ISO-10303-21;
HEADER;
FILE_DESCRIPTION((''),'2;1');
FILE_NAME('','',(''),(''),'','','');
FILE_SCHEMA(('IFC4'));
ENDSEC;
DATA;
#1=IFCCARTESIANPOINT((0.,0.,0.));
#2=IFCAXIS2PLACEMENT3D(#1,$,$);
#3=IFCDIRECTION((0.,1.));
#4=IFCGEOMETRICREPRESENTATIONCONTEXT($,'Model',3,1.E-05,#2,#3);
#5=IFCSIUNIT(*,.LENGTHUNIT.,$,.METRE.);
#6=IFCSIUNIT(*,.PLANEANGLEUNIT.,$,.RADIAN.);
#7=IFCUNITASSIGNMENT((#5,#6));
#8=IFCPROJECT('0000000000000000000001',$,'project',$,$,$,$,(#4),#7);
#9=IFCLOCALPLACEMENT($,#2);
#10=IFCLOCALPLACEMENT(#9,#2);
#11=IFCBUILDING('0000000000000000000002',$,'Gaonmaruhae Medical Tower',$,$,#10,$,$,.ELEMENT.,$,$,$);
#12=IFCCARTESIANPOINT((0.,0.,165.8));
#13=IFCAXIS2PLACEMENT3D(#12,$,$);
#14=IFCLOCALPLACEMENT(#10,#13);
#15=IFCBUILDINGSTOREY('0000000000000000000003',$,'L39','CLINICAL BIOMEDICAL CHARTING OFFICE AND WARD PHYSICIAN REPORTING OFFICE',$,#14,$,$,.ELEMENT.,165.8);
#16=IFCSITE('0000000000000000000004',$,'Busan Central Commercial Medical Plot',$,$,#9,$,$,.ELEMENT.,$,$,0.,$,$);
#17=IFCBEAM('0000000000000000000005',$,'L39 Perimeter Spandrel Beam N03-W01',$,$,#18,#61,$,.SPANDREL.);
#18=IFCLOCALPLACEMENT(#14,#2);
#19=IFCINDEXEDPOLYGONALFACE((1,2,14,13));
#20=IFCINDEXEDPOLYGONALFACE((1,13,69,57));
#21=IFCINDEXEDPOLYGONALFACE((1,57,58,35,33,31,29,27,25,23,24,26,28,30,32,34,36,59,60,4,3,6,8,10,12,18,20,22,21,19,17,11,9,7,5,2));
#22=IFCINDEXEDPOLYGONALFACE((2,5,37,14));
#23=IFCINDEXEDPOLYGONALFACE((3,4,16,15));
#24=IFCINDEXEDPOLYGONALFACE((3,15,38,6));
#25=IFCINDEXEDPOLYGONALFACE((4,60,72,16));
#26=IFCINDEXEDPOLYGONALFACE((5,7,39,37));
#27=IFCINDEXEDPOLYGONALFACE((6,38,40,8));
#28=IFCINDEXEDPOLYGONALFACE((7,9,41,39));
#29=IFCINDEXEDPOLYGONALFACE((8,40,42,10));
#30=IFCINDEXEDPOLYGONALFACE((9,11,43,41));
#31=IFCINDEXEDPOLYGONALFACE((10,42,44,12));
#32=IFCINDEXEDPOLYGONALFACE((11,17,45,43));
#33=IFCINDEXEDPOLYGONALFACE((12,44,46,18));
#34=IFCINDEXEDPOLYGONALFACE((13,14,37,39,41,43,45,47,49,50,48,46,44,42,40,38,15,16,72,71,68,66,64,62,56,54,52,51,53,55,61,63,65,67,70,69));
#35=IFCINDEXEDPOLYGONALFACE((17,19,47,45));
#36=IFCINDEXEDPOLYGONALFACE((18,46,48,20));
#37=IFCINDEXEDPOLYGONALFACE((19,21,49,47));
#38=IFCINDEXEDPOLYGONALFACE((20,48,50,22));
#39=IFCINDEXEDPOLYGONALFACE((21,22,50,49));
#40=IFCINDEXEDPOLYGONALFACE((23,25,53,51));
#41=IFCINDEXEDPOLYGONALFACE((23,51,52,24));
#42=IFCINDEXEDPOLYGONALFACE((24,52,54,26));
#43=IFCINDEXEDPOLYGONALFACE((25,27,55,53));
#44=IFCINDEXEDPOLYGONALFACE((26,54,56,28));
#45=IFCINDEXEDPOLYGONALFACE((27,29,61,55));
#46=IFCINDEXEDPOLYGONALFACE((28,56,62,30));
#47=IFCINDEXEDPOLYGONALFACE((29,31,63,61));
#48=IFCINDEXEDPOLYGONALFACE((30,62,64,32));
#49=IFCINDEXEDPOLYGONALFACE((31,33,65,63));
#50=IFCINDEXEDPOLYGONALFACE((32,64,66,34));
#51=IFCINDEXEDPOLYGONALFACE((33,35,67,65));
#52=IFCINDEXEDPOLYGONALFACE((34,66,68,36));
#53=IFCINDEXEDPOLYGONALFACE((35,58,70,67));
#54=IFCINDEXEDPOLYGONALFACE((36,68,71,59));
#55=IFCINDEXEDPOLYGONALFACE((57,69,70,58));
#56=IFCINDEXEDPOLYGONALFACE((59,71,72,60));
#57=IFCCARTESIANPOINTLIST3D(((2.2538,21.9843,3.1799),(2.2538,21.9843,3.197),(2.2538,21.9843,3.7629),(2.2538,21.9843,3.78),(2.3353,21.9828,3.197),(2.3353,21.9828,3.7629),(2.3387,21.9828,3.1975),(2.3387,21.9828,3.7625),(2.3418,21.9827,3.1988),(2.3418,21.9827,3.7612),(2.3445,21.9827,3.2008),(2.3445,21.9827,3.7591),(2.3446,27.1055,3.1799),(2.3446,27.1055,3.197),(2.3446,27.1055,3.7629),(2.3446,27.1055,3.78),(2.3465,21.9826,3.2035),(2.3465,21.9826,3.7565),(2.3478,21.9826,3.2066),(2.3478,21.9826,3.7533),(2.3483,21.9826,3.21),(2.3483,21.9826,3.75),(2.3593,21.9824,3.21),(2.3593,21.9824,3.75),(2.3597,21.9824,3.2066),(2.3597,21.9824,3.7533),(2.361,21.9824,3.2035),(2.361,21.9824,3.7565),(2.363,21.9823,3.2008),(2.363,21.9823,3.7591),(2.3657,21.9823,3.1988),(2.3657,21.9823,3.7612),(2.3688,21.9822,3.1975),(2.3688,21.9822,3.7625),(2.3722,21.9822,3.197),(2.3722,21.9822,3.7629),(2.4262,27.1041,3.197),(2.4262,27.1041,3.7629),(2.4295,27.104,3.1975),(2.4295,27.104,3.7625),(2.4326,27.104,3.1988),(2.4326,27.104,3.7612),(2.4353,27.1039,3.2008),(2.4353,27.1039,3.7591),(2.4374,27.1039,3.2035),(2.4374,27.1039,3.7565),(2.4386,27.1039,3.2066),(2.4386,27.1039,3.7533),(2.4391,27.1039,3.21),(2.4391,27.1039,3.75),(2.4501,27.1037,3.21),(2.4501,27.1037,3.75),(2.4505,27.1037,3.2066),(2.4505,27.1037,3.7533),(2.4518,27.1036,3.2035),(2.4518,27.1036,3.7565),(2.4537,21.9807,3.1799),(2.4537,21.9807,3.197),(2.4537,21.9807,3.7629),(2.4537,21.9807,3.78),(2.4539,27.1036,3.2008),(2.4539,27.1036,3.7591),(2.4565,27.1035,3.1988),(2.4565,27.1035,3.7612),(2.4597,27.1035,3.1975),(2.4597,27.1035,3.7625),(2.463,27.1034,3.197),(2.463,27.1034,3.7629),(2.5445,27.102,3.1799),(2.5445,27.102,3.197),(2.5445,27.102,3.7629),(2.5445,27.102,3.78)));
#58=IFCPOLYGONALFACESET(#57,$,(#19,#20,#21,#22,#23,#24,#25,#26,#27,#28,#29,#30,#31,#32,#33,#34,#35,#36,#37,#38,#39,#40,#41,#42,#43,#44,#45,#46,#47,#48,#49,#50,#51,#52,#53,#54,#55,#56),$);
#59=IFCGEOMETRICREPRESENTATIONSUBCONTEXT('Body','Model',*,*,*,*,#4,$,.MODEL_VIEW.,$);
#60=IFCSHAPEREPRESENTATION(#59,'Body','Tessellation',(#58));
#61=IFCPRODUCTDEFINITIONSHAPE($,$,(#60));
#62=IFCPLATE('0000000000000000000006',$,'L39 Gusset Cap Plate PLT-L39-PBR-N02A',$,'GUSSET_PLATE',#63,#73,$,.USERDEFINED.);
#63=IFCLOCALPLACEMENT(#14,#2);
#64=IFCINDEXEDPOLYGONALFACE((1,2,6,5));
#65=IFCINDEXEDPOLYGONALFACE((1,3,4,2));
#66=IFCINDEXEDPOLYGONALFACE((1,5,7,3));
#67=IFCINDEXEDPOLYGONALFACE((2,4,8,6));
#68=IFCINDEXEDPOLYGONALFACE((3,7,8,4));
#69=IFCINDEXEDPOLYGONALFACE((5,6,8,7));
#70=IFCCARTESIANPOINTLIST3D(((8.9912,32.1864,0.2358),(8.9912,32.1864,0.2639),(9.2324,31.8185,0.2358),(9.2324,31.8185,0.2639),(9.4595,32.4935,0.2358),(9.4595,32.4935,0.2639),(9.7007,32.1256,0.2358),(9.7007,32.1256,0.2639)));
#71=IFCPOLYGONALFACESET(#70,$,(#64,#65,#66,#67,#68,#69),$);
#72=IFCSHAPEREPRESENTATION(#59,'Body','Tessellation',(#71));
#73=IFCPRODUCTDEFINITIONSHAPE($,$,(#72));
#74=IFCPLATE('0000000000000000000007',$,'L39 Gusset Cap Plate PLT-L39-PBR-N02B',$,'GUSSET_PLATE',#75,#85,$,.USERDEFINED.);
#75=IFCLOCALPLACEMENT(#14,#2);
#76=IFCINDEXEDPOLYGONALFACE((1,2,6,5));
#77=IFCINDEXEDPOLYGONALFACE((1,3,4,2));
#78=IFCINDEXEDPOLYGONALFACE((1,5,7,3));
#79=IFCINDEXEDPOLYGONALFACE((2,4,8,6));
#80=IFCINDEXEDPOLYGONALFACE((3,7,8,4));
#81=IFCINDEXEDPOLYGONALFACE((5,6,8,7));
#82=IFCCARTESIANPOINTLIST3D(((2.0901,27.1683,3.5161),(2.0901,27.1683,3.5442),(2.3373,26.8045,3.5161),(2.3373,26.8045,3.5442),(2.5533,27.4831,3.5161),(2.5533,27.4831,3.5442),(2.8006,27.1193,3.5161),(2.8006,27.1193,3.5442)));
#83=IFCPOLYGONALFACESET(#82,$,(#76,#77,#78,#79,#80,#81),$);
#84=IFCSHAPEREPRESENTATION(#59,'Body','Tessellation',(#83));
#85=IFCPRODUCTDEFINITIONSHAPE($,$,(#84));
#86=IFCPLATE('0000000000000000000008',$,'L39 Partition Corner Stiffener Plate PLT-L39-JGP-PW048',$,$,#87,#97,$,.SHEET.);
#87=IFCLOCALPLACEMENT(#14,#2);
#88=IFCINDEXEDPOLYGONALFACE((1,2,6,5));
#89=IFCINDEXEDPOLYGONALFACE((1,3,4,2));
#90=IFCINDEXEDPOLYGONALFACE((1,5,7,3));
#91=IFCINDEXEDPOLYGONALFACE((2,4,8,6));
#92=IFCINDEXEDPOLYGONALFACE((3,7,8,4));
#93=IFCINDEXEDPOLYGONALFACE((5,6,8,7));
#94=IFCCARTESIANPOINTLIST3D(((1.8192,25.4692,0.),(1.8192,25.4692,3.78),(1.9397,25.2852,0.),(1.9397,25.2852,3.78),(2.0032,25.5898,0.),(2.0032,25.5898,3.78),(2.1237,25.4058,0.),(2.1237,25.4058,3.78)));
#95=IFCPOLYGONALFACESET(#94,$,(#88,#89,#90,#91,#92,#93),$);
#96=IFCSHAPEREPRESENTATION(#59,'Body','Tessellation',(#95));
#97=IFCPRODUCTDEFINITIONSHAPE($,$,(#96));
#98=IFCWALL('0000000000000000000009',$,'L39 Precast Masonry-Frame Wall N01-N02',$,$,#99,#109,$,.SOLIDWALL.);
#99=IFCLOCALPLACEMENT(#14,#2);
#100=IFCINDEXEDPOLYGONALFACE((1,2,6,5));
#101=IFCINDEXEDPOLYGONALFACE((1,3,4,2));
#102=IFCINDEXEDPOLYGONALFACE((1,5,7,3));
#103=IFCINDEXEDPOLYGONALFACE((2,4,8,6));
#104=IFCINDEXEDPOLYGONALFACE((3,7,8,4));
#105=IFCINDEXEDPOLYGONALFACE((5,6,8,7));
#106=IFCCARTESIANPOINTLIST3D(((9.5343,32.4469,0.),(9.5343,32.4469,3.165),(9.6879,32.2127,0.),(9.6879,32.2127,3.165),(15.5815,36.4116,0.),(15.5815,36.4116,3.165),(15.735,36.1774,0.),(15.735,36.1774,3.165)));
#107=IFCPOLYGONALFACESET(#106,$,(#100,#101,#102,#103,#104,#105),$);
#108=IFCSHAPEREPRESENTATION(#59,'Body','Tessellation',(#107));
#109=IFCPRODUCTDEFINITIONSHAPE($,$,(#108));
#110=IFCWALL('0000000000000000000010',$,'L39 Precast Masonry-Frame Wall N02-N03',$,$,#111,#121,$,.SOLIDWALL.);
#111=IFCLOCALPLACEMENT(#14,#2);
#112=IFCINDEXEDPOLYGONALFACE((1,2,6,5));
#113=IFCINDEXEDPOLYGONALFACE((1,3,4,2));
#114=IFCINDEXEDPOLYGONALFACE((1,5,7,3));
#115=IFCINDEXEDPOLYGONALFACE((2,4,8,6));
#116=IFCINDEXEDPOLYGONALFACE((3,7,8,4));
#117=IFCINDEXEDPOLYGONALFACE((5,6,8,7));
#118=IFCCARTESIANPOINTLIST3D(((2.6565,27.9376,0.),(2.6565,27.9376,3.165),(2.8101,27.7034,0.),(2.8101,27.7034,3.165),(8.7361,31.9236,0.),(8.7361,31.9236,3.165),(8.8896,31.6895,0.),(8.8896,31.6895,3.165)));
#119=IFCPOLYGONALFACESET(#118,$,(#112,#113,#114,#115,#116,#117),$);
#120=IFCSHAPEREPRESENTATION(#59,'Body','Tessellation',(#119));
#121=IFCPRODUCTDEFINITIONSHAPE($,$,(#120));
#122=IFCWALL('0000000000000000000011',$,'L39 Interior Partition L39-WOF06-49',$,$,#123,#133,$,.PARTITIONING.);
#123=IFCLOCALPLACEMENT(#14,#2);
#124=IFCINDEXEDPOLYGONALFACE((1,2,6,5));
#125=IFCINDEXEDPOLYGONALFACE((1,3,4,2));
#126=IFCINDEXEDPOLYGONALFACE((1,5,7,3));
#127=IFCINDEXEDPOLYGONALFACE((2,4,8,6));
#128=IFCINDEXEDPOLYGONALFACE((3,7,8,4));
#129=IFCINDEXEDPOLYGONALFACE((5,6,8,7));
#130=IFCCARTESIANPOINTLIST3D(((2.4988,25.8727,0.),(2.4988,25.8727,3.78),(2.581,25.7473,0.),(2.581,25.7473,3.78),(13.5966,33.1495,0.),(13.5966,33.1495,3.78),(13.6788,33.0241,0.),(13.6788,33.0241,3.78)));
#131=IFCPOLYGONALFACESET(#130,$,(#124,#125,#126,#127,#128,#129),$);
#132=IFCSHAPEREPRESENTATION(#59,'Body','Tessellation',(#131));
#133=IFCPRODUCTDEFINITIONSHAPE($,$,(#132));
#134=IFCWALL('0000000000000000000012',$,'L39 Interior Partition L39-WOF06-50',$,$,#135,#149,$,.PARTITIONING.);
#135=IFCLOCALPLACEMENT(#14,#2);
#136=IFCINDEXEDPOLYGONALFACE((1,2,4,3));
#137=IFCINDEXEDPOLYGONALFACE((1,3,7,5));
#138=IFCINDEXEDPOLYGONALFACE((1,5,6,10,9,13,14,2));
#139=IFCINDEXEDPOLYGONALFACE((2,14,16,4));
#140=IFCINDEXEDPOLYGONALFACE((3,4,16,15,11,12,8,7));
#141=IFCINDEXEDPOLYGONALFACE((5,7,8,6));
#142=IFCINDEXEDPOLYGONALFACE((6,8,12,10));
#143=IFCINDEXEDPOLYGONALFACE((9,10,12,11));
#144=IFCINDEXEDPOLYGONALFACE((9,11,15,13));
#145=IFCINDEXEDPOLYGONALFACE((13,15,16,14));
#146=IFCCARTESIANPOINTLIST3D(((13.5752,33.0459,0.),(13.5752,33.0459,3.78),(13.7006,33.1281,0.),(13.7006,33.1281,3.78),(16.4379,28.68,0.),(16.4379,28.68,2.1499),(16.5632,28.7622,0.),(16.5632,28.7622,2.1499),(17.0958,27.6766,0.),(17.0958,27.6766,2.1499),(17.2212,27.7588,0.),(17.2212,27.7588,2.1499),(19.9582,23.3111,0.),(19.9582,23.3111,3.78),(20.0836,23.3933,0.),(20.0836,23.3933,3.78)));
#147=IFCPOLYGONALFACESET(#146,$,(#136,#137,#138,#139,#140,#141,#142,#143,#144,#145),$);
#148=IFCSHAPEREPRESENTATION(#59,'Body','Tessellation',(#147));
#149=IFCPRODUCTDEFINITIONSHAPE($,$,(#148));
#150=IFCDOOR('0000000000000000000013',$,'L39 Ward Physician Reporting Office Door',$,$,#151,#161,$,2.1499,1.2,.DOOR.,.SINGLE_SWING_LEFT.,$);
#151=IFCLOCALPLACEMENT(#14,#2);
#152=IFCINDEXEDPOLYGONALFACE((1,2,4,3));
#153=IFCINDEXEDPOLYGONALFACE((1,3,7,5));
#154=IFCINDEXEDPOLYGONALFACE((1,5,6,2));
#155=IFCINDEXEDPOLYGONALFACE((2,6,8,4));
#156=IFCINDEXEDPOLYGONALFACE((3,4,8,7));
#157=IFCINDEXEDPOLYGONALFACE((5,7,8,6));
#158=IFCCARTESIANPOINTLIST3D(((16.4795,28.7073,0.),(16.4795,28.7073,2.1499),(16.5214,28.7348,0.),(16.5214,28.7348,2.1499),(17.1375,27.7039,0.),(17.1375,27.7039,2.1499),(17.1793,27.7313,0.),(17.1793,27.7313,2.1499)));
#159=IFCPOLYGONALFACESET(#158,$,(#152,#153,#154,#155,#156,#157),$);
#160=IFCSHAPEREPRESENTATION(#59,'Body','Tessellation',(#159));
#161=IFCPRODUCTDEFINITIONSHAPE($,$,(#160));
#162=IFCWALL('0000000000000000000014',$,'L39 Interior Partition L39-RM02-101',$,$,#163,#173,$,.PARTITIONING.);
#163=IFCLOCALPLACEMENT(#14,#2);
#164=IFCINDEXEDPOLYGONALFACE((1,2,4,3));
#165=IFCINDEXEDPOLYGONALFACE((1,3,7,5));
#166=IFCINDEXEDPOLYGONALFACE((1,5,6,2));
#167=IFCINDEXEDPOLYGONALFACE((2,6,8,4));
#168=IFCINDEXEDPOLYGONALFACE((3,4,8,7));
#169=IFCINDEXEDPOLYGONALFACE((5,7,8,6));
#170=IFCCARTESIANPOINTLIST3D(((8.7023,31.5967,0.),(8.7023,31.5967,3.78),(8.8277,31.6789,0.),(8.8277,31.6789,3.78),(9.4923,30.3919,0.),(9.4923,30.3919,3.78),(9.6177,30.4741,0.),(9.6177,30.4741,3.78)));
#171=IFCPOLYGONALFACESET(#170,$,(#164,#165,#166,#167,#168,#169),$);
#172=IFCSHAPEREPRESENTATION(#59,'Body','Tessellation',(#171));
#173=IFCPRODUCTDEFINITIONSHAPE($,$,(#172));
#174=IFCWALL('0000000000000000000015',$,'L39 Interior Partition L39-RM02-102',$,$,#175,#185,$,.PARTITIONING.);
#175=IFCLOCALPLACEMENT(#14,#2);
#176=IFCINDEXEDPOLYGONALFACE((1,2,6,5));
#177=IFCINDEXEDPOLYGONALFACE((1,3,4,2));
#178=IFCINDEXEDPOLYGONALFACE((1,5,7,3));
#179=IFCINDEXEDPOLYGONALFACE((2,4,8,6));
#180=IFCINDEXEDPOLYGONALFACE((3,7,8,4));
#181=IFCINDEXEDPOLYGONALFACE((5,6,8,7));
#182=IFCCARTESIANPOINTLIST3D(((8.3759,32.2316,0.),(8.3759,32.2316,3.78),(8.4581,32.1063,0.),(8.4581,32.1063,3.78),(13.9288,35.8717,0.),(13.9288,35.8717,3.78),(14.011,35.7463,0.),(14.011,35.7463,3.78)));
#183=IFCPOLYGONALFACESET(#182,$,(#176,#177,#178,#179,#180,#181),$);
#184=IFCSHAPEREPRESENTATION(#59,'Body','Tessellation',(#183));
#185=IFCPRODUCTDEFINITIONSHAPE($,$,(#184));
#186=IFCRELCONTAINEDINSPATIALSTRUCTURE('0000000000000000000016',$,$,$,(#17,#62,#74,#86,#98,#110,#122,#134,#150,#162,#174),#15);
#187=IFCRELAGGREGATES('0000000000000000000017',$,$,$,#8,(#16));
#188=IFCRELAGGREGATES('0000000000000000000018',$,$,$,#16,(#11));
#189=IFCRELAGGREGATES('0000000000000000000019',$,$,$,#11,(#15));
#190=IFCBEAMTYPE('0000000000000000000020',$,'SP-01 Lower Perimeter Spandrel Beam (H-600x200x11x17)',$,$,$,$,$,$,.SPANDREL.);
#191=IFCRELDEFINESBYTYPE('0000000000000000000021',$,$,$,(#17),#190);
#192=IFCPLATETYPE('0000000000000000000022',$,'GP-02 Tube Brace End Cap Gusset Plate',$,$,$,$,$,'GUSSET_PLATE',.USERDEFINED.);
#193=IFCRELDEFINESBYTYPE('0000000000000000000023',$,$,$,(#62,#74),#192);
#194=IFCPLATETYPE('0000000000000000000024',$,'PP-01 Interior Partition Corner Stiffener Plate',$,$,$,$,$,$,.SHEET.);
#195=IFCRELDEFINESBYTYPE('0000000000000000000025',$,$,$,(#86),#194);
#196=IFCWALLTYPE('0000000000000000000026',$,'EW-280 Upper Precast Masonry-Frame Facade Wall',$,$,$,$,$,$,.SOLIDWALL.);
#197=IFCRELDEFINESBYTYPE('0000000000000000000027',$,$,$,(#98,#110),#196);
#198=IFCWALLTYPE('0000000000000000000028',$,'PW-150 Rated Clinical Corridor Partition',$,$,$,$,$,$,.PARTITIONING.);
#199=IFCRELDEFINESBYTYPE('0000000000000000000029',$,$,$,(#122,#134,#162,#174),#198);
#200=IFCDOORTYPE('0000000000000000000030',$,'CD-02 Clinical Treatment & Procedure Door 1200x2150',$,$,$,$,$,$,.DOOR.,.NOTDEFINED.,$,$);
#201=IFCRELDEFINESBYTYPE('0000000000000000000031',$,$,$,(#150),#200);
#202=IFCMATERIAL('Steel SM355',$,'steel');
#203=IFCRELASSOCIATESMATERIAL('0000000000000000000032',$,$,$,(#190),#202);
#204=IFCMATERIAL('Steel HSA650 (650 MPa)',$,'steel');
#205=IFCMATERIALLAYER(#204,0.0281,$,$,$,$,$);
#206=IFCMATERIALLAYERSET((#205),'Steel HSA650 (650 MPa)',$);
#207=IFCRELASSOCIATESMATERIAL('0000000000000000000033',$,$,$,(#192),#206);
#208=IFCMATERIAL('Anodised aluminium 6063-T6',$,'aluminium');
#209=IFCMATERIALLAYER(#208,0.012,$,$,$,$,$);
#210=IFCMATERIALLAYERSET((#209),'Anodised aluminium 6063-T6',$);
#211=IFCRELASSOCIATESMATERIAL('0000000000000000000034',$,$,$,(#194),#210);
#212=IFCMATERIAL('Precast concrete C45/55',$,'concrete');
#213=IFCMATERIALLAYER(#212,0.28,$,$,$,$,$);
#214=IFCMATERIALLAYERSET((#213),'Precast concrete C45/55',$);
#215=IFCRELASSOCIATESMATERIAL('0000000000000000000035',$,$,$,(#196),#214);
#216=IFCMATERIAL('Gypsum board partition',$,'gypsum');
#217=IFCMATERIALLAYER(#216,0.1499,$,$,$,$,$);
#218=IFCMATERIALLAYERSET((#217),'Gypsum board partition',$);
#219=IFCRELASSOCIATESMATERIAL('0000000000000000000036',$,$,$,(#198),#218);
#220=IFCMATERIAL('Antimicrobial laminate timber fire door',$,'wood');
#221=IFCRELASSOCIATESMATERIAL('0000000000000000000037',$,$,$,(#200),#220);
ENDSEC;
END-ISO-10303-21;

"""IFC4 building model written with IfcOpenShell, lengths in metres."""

from ifc_helpers import new_model, si_unit, direction, frame, frame_2d, origin, origin_2d, place, context, subcontext, project, spatial, rectangle, i_section, extrude, material, layer, layer_set, material_profile, profile_set, type_object, element, fill, save


model = new_model("IFC4")

# Units and contexts
model_context = context("Model", 3, precision=1e-05, world=origin(), true_north=direction((0.0, 1.0)))
body_context = subcontext(model_context, "Body", "Model", "MODEL_VIEW")
ifc_project = project(units=[si_unit("LENGTHUNIT", "METRE"), si_unit("PLANEANGLEUNIT", "RADIAN")], contexts=[model_context])

# Site, building, storey
site_placement = place(None, origin())
site = spatial("IfcSite", under=ifc_project, at=site_placement, Name="Busan Central Commercial Medical Plot", CompositionType="ELEMENT", RefElevation=0.0)
building_placement = place(site_placement, origin())
building = spatial("IfcBuilding", under=site, at=building_placement, Name="Gaonmaruhae Medical Tower", CompositionType="ELEMENT")
storey_placement = place(building_placement, frame((0.0, 0.0, 165.8)))
storey = spatial("IfcBuildingStorey", under=building, at=storey_placement, Name="L39", Description="CLINICAL BIOMEDICAL CHARTING OFFICE AND WARD PHYSICIAN REPORTING OFFICE", CompositionType="ELEMENT", Elevation=165.8)

# Shared definitions
ifc_material_1 = material(Name="Steel SM355", Category="steel")

# Beam
ifc_material_profile_1 = material_profile(ifc_material_1, i_section(OverallWidth=0.2, OverallDepth=0.6001, WebThickness=0.011, FlangeThickness=0.0171, FilletRadius=0.0129, at=origin_2d()), Name="H-600x200x11x17")
ifc_profile_set_1 = profile_set([ifc_material_profile_1], Name="Steel SM355")
beam_type_1 = type_object("IfcBeamType", Name="SP-01 Lower Perimeter Spandrel Beam (H-600x200x11x17)", PredefinedType="SPANDREL", material=ifc_profile_set_1)
beam_1_placement = place(storey_placement, frame((2.4446, 27.1038, 3.48), z_axis=(-0.017731, -0.999843, 0.0), x_axis=(0.999843, -0.017731, 0.0)))
element("IfcBeam", 1, at=beam_1_placement, inside=storey, type_object=beam_type_1, Name="L39 Perimeter Spandrel Beam N03-W01", PredefinedType="SPANDREL", context=body_context, shape_type="SweptSolid", body=[
    extrude(i_section(OverallWidth=0.2, OverallDepth=0.6001, WebThickness=0.011, FlangeThickness=0.0171, FilletRadius=0.0129, at=origin_2d()), origin(), (0.0, 0.0, 1.0), 5.1221),
])

# Plates
ifc_material_2 = material(Name="Steel HSA650 (650 MPa)", Category="steel")
ifc_layer_1 = layer(ifc_material_2, 0.0281)
ifc_layer_set_1 = layer_set([ifc_layer_1], Name="Steel HSA650 (650 MPa)")
plate_type_1 = type_object("IfcPlateType", Name="GP-02 Tube Brace End Cap Gusset Plate", ElementType="GUSSET_PLATE", PredefinedType="USERDEFINED", material=ifc_layer_set_1)
for number, where, z_axis, x_axis, name in (
    (2, (9.3459, 32.156, 0.2358), (0.0, 0.0, 1.0), (0.836286, 0.548293, 0.0), "L39 Gusset Cap Plate PLT-L39-PBR-N02A"),
    (3, (2.4453, 27.1438, 3.5161), (0.0, 0.0, 1.0), (0.827081, 0.562083, 0.0), "L39 Gusset Cap Plate PLT-L39-PBR-N02B"),
):
    element("IfcPlate", number, at=place(storey_placement, frame(where, z_axis=z_axis, x_axis=x_axis)), inside=storey, type_object=plate_type_1, Name=name, ObjectType="GUSSET_PLATE", PredefinedType="USERDEFINED", context=body_context, shape_type="SweptSolid", body=[
        extrude(rectangle(XDim=0.5601, YDim=0.4399, at=origin_2d()), origin(), (0.0, 0.0, 1.0), 0.0281),
    ])
ifc_material_3 = material(Name="Anodised aluminium 6063-T6", Category="aluminium")
ifc_layer_2 = layer(ifc_material_3, 0.012)
ifc_layer_set_2 = layer_set([ifc_layer_2], Name="Anodised aluminium 6063-T6")
plate_type_2 = type_object("IfcPlateType", Name="PP-01 Interior Partition Corner Stiffener Plate", PredefinedType="SHEET", material=ifc_layer_set_2)
plate_placement = place(storey_placement, frame((1.9714, 25.4375, 0.0), z_axis=(0.0, 0.0, 1.0), x_axis=(0.836458, 0.54803, 0.0)))
element("IfcPlate", 4, at=plate_placement, inside=storey, type_object=plate_type_2, Name="L39 Partition Corner Stiffener Plate PLT-L39-JGP-PW048", PredefinedType="SHEET", context=body_context, shape_type="SweptSolid", body=[
    extrude(rectangle(XDim=0.22, YDim=0.22, at=origin_2d()), origin(), (0.0, 0.0, 1.0), 3.78),
])

# Walls
ifc_material_4 = material(Name="Precast concrete C45/55", Category="concrete")
ifc_layer_3 = layer(ifc_material_4, 0.28)
ifc_layer_set_3 = layer_set([ifc_layer_3], Name="Precast concrete C45/55")
wall_type_1 = type_object("IfcWallType", Name="EW-280 Upper Precast Masonry-Frame Facade Wall", PredefinedType="SOLIDWALL", material=ifc_layer_set_3)
wall_1_placement = place(storey_placement, frame((9.6111, 32.3298, 0.0), z_axis=(0.0, 0.0, 1.0), x_axis=(0.83629, 0.548287, 0.0)))
element("IfcWall", 5, at=wall_1_placement, inside=storey, type_object=wall_type_1, Name="L39 Precast Masonry-Frame Wall N01-N02", PredefinedType="SOLIDWALL", context=body_context, shape_type="SweptSolid", body=[
    extrude(rectangle(XDim=7.231, YDim=0.28, at=frame_2d((3.6155, 0.0))), origin(), (0.0, 0.0, 1.0), 3.165),
])
wall_2_placement = place(storey_placement, frame((2.7334, 27.8206, 0.0), z_axis=(0.0, 0.0, 1.0), x_axis=(0.836278, 0.548306, 0.0)))
element("IfcWall", 6, at=wall_2_placement, inside=storey, type_object=wall_type_1, Name="L39 Precast Masonry-Frame Wall N02-N03", PredefinedType="SOLIDWALL", context=body_context, shape_type="SweptSolid", body=[
    extrude(rectangle(XDim=7.2698, YDim=0.28, at=frame_2d((3.6348, 0.0))), origin(), (0.0, 0.0, 1.0), 3.165),
])
ifc_material_5 = material(Name="Gypsum board partition", Category="gypsum")
ifc_layer_4 = layer(ifc_material_5, 0.1499)
ifc_layer_set_4 = layer_set([ifc_layer_4], Name="Gypsum board partition")
wall_type_2 = type_object("IfcWallType", Name="PW-150 Rated Clinical Corridor Partition", PredefinedType="PARTITIONING", material=ifc_layer_set_4)
wall_3_placement = place(storey_placement, frame((2.54, 25.8101, 0.0), z_axis=(0.0, 0.0, 1.0), x_axis=(0.83626, 0.548333, 0.0)))
element("IfcWall", 7, at=wall_3_placement, inside=storey, type_object=wall_type_2, Name="L39 Interior Partition L39-WOF06-49", PredefinedType="PARTITIONING", context=body_context, shape_type="SweptSolid", body=[
    extrude(rectangle(XDim=13.2708, YDim=0.1499, at=frame_2d((6.6353, 0.0))), origin(), (0.0, 0.0, 1.0), 3.78),
])

# Wall, opening, door
wall_4_placement = place(storey_placement, frame((13.6379, 33.0869, 0.0), z_axis=(0.0, 0.0, 1.0), x_axis=(0.548329, -0.836262, 0.0)))
wall_4 = element("IfcWall", 8, at=wall_4_placement, inside=storey, type_object=wall_type_2, Name="L39 Interior Partition L39-WOF06-50", PredefinedType="PARTITIONING", context=body_context, shape_type="SweptSolid", body=[
    extrude(rectangle(XDim=11.6409, YDim=0.1499, at=frame_2d((5.8203, 0.0))), origin(), (0.0, 0.0, 1.0), 3.78),
])
opening_placement = place(wall_4_placement, frame((5.2205, 0.0, 0.0)))
opening = element("IfcOpeningElement", 9, at=opening_placement, cuts=wall_4, PredefinedType="OPENING", context=body_context, shape_type="SweptSolid", body=[
    extrude(rectangle(XDim=1.2, YDim=2.1499, at=frame_2d((0.6001, 1.075))), frame((0.0, 0.085, 0.0), z_axis=(0.0, -1.0, 0.0), x_axis=(1.0, 0.0, 0.0)), (0.0, 0.0, 1.0), 0.1699),
])
ifc_material_6 = material(Name="Antimicrobial laminate timber fire door", Category="wood")
door_type = type_object("IfcDoorType", Name="CD-02 Clinical Treatment & Procedure Door 1200x2150", OperationType="NOTDEFINED", PredefinedType="DOOR", material=ifc_material_6)
door_placement = place(opening_placement, origin())
door = element("IfcDoor", 10, at=door_placement, inside=storey, type_object=door_type, Name="L39 Ward Physician Reporting Office Door", OperationType="SINGLE_SWING_LEFT", OverallHeight=2.1499, OverallWidth=1.2, PredefinedType="DOOR", context=body_context, shape_type="SweptSolid", body=[
    extrude(rectangle(XDim=1.2, YDim=2.1499, at=frame_2d((0.6001, 1.075))), frame((0.0, 0.0249, 0.0), z_axis=(0.0, -1.0, 0.0), x_axis=(1.0, 0.0, 0.0)), (0.0, 0.0, 1.0), 0.05),
])
fill(opening, door)

# Walls
wall_5_placement = place(storey_placement, frame((9.5549, 30.4331, 0.0), z_axis=(0.0, 0.0, 1.0), x_axis=(-0.548349, 0.836249, 0.0)))
element("IfcWall", 11, at=wall_5_placement, inside=storey, type_object=wall_type_2, Name="L39 Interior Partition L39-RM02-101", PredefinedType="PARTITIONING", context=body_context, shape_type="SweptSolid", body=[
    extrude(rectangle(XDim=1.4407, YDim=0.1499, at=frame_2d((0.7202, 0.0))), origin(), (0.0, 0.0, 1.0), 3.78),
])
wall_6_placement = place(storey_placement, frame((8.417, 32.1689, 0.0), z_axis=(0.0, 0.0, 1.0), x_axis=(0.836325, 0.548235, 0.0)))
element("IfcWall", 12, at=wall_6_placement, inside=storey, type_object=wall_type_2, Name="L39 Interior Partition L39-RM02-102", PredefinedType="PARTITIONING", context=body_context, shape_type="SweptSolid", body=[
    extrude(rectangle(XDim=6.6396, YDim=0.1499, at=frame_2d((3.3198, 0.0))), origin(), (0.0, 0.0, 1.0), 3.78),
])

save(model, "model.ifc")
